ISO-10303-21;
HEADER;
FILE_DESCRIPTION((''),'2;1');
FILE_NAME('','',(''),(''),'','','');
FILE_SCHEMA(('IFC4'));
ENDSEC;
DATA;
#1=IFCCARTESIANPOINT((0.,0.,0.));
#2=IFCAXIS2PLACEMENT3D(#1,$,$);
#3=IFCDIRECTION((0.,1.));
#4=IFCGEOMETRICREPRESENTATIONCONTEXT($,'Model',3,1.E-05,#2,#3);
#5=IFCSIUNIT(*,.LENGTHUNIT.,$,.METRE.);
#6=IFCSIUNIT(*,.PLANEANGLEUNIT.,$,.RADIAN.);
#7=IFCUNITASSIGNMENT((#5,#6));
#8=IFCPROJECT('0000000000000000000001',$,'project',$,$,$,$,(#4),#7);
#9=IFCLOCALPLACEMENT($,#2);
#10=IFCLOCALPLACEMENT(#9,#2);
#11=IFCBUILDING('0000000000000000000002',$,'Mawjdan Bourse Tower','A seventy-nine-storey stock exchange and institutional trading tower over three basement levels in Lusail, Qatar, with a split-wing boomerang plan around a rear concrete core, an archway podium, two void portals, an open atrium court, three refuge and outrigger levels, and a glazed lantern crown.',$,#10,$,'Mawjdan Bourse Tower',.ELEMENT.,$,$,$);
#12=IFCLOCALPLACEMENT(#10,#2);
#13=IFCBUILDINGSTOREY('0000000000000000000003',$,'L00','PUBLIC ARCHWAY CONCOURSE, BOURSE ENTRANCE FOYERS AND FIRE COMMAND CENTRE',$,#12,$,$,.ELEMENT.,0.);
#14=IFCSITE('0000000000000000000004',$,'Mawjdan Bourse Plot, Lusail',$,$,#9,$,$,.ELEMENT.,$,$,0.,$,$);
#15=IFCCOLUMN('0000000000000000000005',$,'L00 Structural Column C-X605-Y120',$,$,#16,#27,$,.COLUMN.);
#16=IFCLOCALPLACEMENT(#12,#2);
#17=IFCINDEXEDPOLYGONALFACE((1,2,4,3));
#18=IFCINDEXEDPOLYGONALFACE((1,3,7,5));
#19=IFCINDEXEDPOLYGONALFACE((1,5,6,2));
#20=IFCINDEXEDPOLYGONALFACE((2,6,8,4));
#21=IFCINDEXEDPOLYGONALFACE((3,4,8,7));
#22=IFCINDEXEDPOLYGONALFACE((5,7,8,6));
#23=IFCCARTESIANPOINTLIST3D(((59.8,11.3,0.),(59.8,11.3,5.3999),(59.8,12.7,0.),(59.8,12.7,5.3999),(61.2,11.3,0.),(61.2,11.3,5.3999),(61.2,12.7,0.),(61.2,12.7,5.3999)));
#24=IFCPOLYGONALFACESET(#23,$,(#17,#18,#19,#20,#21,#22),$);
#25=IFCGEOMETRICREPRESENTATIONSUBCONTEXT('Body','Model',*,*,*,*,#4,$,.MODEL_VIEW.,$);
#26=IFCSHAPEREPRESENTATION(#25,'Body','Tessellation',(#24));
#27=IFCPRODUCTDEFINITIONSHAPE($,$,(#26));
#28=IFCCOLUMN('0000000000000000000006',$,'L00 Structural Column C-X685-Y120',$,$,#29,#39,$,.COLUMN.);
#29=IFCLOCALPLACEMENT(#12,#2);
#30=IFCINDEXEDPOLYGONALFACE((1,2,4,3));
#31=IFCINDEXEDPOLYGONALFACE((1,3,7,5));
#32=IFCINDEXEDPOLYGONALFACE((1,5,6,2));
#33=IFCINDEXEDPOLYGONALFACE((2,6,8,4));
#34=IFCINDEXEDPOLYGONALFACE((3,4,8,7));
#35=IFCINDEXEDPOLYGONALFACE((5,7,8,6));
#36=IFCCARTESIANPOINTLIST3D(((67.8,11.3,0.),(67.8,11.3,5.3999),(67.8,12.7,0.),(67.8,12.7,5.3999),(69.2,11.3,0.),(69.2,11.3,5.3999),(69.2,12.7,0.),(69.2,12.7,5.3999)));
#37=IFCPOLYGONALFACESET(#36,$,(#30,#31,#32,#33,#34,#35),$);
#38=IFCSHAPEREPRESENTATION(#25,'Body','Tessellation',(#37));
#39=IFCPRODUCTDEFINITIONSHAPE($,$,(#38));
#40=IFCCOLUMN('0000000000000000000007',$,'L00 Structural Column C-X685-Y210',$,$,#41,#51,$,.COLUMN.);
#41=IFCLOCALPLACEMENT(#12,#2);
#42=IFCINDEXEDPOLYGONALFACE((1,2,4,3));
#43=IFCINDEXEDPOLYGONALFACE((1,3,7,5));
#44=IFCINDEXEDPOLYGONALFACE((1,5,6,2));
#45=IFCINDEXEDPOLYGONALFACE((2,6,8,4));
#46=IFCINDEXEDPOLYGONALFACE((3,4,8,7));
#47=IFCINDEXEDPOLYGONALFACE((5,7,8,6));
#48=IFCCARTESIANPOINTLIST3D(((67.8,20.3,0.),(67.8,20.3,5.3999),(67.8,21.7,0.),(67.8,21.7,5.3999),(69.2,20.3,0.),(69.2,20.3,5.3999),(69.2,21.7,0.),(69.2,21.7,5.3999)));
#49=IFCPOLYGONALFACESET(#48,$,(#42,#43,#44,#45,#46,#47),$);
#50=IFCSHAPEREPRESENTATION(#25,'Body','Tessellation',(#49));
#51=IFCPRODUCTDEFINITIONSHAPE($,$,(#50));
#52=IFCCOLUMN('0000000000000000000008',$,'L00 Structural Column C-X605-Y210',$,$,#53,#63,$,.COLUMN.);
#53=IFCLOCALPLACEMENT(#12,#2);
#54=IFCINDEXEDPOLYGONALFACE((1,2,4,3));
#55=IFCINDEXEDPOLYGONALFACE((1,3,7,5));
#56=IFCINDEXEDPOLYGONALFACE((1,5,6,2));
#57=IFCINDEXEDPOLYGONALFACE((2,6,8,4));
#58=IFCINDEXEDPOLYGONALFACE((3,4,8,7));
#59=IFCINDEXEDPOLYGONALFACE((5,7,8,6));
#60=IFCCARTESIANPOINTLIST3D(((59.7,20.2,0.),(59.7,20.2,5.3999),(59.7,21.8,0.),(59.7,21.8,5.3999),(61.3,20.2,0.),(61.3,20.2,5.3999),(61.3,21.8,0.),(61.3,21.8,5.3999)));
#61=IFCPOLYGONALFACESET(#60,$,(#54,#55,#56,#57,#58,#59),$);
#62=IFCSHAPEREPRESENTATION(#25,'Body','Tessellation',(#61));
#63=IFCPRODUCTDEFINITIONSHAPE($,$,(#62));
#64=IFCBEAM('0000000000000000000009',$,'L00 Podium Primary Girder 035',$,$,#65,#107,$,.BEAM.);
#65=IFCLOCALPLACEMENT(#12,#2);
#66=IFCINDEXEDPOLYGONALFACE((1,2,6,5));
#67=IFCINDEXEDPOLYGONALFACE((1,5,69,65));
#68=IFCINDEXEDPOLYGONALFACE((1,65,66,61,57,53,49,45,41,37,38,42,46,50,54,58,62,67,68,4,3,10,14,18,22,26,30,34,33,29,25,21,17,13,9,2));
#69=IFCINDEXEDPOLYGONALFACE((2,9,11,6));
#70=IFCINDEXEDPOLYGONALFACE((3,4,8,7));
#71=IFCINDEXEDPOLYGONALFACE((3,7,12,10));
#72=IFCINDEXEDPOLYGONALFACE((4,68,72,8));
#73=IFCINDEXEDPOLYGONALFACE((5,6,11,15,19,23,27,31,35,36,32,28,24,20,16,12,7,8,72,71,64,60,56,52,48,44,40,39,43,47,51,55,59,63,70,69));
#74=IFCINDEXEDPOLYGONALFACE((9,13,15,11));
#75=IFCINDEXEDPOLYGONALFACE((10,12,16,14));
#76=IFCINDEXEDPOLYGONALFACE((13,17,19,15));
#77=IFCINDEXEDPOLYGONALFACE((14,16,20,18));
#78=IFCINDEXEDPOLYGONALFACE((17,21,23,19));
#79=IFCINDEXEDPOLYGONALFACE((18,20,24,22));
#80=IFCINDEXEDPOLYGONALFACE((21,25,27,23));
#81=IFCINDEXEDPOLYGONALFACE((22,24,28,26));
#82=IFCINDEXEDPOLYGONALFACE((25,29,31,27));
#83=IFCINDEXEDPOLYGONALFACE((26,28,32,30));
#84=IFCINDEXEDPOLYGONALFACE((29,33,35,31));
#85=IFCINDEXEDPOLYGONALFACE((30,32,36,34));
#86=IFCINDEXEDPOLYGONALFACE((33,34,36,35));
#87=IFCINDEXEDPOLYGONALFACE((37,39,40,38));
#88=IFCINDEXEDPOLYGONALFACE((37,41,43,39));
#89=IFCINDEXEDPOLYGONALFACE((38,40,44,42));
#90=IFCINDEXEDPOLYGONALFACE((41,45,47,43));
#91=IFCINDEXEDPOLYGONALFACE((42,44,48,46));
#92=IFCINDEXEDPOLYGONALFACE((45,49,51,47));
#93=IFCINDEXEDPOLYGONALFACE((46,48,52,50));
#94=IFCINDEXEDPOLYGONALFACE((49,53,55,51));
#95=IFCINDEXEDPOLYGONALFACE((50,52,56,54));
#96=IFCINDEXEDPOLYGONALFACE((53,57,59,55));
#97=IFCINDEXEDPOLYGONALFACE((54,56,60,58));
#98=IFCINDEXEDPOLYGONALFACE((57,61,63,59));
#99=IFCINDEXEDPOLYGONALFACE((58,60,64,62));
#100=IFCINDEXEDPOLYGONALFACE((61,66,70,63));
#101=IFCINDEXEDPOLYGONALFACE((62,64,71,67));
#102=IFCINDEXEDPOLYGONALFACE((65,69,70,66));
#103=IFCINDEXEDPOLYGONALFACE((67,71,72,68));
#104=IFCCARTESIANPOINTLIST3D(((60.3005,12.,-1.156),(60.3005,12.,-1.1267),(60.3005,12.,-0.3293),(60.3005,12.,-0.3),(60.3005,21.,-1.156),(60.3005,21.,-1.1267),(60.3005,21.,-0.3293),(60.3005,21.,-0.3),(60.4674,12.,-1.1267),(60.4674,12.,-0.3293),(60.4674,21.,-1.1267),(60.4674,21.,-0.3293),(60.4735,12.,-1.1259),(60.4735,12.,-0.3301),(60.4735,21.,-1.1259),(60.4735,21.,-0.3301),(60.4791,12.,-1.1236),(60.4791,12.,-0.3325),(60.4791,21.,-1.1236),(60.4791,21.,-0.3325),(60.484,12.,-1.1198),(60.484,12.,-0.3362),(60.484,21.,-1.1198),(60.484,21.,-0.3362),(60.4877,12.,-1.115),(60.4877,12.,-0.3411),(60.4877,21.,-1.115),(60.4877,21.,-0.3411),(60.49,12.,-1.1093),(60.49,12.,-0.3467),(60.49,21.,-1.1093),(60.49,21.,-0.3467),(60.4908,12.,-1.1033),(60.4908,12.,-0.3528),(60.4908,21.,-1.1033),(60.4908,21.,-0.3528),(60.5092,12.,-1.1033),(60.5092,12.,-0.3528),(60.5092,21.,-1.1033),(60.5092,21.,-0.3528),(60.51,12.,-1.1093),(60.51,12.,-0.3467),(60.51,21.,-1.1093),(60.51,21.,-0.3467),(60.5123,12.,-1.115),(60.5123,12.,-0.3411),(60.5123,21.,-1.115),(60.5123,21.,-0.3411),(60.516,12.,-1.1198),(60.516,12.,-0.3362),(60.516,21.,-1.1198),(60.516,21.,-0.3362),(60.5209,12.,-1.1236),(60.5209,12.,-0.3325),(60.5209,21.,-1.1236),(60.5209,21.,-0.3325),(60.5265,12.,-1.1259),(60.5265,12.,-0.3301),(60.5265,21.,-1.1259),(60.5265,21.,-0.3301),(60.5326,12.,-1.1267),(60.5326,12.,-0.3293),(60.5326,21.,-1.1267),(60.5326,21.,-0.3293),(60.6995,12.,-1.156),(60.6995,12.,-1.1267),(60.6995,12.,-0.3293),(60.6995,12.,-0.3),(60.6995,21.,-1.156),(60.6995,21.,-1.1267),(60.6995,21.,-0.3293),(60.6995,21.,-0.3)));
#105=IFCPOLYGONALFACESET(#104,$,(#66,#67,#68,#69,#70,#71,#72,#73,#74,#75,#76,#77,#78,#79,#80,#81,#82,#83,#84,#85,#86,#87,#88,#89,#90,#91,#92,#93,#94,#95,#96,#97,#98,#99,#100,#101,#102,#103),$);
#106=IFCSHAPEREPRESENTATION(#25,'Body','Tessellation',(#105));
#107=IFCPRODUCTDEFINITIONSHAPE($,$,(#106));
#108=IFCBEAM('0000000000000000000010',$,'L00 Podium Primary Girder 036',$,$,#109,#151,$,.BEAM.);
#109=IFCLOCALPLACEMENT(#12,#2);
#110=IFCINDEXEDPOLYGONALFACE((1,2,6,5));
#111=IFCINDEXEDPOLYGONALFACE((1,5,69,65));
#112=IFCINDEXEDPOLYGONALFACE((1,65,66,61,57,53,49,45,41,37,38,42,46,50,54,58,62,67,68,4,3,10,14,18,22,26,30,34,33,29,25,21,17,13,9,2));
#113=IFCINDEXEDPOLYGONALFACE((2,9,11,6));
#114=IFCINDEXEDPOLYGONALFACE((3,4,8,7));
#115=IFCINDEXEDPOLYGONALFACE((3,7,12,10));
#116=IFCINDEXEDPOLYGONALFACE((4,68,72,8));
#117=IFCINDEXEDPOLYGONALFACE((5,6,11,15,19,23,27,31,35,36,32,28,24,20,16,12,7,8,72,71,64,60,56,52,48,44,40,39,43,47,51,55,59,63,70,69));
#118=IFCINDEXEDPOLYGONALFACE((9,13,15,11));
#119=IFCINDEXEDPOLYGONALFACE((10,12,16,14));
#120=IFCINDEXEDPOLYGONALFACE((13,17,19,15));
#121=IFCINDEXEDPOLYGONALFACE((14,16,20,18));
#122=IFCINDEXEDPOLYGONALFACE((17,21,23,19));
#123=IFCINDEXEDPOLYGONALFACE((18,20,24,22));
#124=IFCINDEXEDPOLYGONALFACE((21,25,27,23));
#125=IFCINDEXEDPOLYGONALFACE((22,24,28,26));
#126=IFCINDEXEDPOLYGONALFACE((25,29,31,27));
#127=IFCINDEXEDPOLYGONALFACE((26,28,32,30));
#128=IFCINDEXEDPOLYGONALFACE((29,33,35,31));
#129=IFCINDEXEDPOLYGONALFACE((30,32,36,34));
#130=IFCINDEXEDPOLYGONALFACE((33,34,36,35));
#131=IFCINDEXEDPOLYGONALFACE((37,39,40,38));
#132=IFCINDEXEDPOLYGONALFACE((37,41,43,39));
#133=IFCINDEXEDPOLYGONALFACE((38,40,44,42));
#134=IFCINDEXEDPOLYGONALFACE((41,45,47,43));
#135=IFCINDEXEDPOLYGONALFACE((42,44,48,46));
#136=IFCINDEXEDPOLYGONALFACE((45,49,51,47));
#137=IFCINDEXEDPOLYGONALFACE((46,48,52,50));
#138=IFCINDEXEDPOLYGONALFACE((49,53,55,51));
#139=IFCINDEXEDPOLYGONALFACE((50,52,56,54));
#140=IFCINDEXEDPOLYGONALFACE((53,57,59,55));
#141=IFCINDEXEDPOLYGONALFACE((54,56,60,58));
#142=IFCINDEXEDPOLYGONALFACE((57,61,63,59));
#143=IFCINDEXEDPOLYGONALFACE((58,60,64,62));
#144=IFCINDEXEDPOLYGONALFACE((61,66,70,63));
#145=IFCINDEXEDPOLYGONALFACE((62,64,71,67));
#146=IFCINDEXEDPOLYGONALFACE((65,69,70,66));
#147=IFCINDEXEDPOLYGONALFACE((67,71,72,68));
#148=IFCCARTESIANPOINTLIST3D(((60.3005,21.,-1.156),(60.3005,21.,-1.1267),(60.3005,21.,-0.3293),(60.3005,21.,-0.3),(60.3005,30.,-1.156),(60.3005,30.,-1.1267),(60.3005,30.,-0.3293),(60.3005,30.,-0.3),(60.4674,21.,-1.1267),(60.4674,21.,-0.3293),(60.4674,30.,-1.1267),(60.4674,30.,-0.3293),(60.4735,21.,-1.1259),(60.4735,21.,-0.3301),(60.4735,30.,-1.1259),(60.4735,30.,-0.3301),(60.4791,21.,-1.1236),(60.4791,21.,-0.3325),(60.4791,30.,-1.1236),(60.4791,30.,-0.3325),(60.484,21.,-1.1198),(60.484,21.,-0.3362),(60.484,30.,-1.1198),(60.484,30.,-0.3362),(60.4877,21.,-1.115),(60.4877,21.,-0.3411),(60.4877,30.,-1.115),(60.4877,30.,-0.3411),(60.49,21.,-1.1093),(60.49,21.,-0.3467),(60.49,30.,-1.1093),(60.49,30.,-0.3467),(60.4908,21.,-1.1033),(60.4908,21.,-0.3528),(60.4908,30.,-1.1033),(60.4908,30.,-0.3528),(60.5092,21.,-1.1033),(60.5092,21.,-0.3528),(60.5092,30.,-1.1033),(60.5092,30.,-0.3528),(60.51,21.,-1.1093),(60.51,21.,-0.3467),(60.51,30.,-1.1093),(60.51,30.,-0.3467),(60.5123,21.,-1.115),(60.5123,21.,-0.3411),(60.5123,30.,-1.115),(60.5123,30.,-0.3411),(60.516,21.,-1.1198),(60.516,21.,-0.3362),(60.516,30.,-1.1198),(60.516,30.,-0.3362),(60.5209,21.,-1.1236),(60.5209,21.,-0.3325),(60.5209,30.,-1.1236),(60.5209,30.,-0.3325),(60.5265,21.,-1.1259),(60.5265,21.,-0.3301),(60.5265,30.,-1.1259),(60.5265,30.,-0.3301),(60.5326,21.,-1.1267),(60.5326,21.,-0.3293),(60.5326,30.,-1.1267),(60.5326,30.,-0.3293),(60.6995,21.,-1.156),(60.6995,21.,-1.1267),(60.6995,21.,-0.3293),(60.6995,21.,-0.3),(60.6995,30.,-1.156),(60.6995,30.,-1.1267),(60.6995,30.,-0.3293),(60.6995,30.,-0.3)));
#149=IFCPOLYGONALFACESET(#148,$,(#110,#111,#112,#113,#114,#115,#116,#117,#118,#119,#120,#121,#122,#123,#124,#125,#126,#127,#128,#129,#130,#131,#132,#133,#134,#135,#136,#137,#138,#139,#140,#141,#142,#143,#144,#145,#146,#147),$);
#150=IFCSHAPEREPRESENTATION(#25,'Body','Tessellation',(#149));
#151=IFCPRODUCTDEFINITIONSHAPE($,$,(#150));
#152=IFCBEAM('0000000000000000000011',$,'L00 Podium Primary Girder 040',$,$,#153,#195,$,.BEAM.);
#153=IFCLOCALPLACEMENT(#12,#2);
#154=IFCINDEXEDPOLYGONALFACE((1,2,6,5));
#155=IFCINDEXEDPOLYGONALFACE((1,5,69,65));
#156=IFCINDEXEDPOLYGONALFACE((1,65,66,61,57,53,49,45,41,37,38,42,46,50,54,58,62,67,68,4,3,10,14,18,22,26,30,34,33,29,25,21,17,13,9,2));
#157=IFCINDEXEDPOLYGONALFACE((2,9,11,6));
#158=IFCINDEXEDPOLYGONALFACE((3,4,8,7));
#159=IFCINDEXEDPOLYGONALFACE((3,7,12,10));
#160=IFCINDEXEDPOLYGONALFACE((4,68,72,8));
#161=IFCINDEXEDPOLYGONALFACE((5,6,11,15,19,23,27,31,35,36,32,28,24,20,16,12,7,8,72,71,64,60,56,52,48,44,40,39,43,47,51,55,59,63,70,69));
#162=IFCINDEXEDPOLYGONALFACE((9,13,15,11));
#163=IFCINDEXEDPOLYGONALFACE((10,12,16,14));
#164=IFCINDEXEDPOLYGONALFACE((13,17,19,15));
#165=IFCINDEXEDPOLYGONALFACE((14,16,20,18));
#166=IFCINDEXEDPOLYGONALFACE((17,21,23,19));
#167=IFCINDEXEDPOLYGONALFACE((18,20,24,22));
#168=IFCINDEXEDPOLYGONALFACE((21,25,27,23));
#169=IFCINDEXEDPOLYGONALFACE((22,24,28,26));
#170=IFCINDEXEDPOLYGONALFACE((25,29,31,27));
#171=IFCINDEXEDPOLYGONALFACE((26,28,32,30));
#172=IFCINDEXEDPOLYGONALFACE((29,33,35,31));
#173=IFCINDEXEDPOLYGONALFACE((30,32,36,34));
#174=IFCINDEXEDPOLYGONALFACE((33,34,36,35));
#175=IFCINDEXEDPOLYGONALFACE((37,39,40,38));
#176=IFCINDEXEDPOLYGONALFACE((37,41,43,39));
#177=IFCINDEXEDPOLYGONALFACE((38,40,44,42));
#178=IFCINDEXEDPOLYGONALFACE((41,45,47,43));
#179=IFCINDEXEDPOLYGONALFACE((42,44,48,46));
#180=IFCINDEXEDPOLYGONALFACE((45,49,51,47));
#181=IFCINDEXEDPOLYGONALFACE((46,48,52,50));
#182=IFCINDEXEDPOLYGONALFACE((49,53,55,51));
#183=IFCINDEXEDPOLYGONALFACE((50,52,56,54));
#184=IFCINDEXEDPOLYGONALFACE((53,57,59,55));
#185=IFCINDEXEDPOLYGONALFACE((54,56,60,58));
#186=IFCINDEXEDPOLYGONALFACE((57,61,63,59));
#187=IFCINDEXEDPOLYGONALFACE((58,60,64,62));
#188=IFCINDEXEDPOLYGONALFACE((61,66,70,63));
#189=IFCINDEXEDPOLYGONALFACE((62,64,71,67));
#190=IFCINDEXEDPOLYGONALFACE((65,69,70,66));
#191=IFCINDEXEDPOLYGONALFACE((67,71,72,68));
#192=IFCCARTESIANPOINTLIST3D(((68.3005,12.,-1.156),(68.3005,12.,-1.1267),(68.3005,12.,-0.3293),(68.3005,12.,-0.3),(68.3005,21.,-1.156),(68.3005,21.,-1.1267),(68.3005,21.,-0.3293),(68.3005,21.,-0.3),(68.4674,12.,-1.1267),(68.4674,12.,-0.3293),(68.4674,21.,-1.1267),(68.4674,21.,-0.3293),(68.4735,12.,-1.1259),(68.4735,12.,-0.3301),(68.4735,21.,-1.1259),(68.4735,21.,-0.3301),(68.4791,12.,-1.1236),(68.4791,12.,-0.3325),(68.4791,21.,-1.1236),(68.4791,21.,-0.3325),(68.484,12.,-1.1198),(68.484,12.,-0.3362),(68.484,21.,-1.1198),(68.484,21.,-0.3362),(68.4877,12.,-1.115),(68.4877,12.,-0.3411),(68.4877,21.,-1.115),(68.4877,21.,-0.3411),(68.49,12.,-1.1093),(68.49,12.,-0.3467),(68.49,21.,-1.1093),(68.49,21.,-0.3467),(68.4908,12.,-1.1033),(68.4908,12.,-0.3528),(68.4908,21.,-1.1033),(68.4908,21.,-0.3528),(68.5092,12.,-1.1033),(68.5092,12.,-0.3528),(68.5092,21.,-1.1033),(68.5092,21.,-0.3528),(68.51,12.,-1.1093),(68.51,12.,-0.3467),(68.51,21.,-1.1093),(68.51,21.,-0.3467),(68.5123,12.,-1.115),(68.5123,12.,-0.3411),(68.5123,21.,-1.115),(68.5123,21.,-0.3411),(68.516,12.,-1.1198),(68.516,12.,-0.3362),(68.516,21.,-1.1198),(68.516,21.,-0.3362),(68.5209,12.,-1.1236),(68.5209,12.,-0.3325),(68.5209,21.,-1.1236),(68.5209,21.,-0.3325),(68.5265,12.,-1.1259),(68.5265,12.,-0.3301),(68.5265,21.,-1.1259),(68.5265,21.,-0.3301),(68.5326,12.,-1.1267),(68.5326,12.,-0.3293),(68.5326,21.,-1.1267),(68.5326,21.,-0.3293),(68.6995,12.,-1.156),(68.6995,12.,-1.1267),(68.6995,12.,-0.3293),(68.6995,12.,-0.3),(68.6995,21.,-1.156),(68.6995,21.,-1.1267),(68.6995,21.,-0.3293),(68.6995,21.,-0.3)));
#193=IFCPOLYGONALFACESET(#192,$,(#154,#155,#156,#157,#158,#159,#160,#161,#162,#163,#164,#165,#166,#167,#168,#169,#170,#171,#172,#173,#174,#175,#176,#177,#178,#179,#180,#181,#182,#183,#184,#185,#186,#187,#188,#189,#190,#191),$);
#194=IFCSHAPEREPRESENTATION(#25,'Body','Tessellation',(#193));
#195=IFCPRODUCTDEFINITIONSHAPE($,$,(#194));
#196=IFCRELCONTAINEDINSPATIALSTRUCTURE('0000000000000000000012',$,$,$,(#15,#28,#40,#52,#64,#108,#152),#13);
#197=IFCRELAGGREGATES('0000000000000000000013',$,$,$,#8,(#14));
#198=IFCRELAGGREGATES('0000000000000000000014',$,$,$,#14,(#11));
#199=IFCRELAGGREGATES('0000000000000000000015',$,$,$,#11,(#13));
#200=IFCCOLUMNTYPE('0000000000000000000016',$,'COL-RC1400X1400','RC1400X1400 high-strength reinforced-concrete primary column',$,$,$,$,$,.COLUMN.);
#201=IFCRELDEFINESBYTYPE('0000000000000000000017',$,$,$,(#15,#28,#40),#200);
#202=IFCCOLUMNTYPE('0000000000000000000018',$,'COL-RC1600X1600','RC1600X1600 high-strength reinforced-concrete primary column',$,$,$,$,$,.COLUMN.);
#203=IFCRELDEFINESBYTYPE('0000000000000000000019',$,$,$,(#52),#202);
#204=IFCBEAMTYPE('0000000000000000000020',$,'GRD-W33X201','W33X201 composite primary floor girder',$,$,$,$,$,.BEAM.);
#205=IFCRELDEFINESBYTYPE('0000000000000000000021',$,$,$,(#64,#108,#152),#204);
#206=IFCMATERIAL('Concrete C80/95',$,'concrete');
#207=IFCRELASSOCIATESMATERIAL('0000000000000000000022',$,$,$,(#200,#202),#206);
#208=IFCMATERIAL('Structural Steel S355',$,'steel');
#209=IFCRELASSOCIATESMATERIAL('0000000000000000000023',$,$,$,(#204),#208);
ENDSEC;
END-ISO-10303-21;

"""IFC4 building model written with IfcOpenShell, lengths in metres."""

from ifc_helpers import new_model, si_unit, direction, frame, origin, origin_2d, place, context, subcontext, project, spatial, rectangle, i_section, extrude, material, material_profile, profile_set, type_object, element, save


model = new_model("IFC4")

# Units and contexts
model_context = context("Model", 3, precision=1e-05, world=origin(), true_north=direction((0.0, 1.0)))
body_context = subcontext(model_context, "Body", "Model", "MODEL_VIEW")
ifc_project = project(units=[si_unit("LENGTHUNIT", "METRE"), si_unit("PLANEANGLEUNIT", "RADIAN")], contexts=[model_context])

# Site, building, storey
site_placement = place(None, origin())
site = spatial("IfcSite", under=ifc_project, at=site_placement, Name="Mawjdan Bourse Plot, Lusail", CompositionType="ELEMENT", RefElevation=0.0)
building_placement = place(site_placement, origin())
building = spatial("IfcBuilding", under=site, at=building_placement, Name="Mawjdan Bourse Tower", Description="A seventy-nine-storey stock exchange and institutional trading tower over three basement levels in Lusail, Qatar, with a split-wing boomerang plan around a rear concrete core, an archway podium, two void portals, an open atrium court, three refuge and outrigger levels, and a glazed lantern crown.", LongName="Mawjdan Bourse Tower", CompositionType="ELEMENT")
storey_placement = place(building_placement, origin())
storey = spatial("IfcBuildingStorey", under=building, at=storey_placement, Name="L00", Description="PUBLIC ARCHWAY CONCOURSE, BOURSE ENTRANCE FOYERS AND FIRE COMMAND CENTRE", CompositionType="ELEMENT", Elevation=0.0)

# Columns
ifc_material_1 = material(Name="Concrete C80/95", Category="concrete")
ifc_material_profile_1 = material_profile(ifc_material_1, rectangle(XDim=1.3999, YDim=1.3999, at=origin_2d()), Name="RC1400X1400")
ifc_profile_set_1 = profile_set([ifc_material_profile_1], Name="Concrete C80/95")
column_type_1 = type_object("IfcColumnType", Name="COL-RC1400X1400", Description="RC1400X1400 high-strength reinforced-concrete primary column", PredefinedType="COLUMN", material=ifc_profile_set_1)
for number, where, z_axis, x_axis, name in (
    (1, (60.5, 12.0, 0.0), (0.0, 0.0, 1.0), (1.0, 0.0, 0.0), "L00 Structural Column C-X605-Y120"),
    (2, (68.5, 12.0, 0.0), (0.0, 0.0, 1.0), (1.0, 0.0, 0.0), "L00 Structural Column C-X685-Y120"),
    (3, (68.5, 21.0, 0.0), (0.0, 0.0, 1.0), (1.0, 0.0, 0.0), "L00 Structural Column C-X685-Y210"),
):
    element("IfcColumn", number, at=place(storey_placement, frame(where, z_axis=z_axis, x_axis=x_axis)), inside=storey, type_object=column_type_1, Name=name, PredefinedType="COLUMN", context=body_context, shape_type="SweptSolid", body=[
        extrude(rectangle(XDim=1.3999, YDim=1.3999, at=origin_2d()), origin(), (0.0, 0.0, 1.0), 5.3999),
    ])
ifc_material_profile_2 = material_profile(ifc_material_1, rectangle(XDim=1.6001, YDim=1.6001, at=origin_2d()), Name="RC1600X1600")
ifc_profile_set_2 = profile_set([ifc_material_profile_2], Name="Concrete C80/95")
column_type_2 = type_object("IfcColumnType", Name="COL-RC1600X1600", Description="RC1600X1600 high-strength reinforced-concrete primary column", PredefinedType="COLUMN", material=ifc_profile_set_2)
column_placement = place(storey_placement, frame((60.5, 21.0, 0.0), z_axis=(0.0, 0.0, 1.0), x_axis=(1.0, 0.0, 0.0)))
element("IfcColumn", 4, at=column_placement, inside=storey, type_object=column_type_2, Name="L00 Structural Column C-X605-Y210", PredefinedType="COLUMN", context=body_context, shape_type="SweptSolid", body=[
    extrude(rectangle(XDim=1.6001, YDim=1.6001, at=origin_2d()), origin(), (0.0, 0.0, 1.0), 5.3999),
])

# Beams
ifc_material_2 = material(Name="Structural Steel S355", Category="steel")
ifc_material_profile_3 = material_profile(ifc_material_2, i_section(OverallWidth=0.3989, OverallDepth=0.856, WebThickness=0.0183, FlangeThickness=0.0293, FilletRadius=0.0234, at=origin_2d()), Name="W33X201")
ifc_profile_set_3 = profile_set([ifc_material_profile_3], Name="Structural Steel S355")
beam_type_1 = type_object("IfcBeamType", Name="GRD-W33X201", Description="W33X201 composite primary floor girder", PredefinedType="BEAM", material=ifc_profile_set_3)
for number, where, z_axis, x_axis, name in (
    (5, (60.5, 12.0, -0.728), (0.0, 1.0, 0.0), (-1.0, 0.0, 0.0), "L00 Podium Primary Girder 035"),
    (6, (60.5, 21.0, -0.728), (0.0, 1.0, 0.0), (-1.0, 0.0, 0.0), "L00 Podium Primary Girder 036"),
    (7, (68.5, 12.0, -0.728), (0.0, 1.0, 0.0), (-1.0, 0.0, 0.0), "L00 Podium Primary Girder 040"),
):
    element("IfcBeam", number, at=place(storey_placement, frame(where, z_axis=z_axis, x_axis=x_axis)), inside=storey, type_object=beam_type_1, Name=name, PredefinedType="BEAM", context=body_context, shape_type="SweptSolid", body=[
        extrude(i_section(OverallWidth=0.3989, OverallDepth=0.856, WebThickness=0.0183, FlangeThickness=0.0293, FilletRadius=0.0234, at=origin_2d()), origin(), (0.0, 0.0, 1.0), 9.0),
    ])

save(model, "model.ifc")
